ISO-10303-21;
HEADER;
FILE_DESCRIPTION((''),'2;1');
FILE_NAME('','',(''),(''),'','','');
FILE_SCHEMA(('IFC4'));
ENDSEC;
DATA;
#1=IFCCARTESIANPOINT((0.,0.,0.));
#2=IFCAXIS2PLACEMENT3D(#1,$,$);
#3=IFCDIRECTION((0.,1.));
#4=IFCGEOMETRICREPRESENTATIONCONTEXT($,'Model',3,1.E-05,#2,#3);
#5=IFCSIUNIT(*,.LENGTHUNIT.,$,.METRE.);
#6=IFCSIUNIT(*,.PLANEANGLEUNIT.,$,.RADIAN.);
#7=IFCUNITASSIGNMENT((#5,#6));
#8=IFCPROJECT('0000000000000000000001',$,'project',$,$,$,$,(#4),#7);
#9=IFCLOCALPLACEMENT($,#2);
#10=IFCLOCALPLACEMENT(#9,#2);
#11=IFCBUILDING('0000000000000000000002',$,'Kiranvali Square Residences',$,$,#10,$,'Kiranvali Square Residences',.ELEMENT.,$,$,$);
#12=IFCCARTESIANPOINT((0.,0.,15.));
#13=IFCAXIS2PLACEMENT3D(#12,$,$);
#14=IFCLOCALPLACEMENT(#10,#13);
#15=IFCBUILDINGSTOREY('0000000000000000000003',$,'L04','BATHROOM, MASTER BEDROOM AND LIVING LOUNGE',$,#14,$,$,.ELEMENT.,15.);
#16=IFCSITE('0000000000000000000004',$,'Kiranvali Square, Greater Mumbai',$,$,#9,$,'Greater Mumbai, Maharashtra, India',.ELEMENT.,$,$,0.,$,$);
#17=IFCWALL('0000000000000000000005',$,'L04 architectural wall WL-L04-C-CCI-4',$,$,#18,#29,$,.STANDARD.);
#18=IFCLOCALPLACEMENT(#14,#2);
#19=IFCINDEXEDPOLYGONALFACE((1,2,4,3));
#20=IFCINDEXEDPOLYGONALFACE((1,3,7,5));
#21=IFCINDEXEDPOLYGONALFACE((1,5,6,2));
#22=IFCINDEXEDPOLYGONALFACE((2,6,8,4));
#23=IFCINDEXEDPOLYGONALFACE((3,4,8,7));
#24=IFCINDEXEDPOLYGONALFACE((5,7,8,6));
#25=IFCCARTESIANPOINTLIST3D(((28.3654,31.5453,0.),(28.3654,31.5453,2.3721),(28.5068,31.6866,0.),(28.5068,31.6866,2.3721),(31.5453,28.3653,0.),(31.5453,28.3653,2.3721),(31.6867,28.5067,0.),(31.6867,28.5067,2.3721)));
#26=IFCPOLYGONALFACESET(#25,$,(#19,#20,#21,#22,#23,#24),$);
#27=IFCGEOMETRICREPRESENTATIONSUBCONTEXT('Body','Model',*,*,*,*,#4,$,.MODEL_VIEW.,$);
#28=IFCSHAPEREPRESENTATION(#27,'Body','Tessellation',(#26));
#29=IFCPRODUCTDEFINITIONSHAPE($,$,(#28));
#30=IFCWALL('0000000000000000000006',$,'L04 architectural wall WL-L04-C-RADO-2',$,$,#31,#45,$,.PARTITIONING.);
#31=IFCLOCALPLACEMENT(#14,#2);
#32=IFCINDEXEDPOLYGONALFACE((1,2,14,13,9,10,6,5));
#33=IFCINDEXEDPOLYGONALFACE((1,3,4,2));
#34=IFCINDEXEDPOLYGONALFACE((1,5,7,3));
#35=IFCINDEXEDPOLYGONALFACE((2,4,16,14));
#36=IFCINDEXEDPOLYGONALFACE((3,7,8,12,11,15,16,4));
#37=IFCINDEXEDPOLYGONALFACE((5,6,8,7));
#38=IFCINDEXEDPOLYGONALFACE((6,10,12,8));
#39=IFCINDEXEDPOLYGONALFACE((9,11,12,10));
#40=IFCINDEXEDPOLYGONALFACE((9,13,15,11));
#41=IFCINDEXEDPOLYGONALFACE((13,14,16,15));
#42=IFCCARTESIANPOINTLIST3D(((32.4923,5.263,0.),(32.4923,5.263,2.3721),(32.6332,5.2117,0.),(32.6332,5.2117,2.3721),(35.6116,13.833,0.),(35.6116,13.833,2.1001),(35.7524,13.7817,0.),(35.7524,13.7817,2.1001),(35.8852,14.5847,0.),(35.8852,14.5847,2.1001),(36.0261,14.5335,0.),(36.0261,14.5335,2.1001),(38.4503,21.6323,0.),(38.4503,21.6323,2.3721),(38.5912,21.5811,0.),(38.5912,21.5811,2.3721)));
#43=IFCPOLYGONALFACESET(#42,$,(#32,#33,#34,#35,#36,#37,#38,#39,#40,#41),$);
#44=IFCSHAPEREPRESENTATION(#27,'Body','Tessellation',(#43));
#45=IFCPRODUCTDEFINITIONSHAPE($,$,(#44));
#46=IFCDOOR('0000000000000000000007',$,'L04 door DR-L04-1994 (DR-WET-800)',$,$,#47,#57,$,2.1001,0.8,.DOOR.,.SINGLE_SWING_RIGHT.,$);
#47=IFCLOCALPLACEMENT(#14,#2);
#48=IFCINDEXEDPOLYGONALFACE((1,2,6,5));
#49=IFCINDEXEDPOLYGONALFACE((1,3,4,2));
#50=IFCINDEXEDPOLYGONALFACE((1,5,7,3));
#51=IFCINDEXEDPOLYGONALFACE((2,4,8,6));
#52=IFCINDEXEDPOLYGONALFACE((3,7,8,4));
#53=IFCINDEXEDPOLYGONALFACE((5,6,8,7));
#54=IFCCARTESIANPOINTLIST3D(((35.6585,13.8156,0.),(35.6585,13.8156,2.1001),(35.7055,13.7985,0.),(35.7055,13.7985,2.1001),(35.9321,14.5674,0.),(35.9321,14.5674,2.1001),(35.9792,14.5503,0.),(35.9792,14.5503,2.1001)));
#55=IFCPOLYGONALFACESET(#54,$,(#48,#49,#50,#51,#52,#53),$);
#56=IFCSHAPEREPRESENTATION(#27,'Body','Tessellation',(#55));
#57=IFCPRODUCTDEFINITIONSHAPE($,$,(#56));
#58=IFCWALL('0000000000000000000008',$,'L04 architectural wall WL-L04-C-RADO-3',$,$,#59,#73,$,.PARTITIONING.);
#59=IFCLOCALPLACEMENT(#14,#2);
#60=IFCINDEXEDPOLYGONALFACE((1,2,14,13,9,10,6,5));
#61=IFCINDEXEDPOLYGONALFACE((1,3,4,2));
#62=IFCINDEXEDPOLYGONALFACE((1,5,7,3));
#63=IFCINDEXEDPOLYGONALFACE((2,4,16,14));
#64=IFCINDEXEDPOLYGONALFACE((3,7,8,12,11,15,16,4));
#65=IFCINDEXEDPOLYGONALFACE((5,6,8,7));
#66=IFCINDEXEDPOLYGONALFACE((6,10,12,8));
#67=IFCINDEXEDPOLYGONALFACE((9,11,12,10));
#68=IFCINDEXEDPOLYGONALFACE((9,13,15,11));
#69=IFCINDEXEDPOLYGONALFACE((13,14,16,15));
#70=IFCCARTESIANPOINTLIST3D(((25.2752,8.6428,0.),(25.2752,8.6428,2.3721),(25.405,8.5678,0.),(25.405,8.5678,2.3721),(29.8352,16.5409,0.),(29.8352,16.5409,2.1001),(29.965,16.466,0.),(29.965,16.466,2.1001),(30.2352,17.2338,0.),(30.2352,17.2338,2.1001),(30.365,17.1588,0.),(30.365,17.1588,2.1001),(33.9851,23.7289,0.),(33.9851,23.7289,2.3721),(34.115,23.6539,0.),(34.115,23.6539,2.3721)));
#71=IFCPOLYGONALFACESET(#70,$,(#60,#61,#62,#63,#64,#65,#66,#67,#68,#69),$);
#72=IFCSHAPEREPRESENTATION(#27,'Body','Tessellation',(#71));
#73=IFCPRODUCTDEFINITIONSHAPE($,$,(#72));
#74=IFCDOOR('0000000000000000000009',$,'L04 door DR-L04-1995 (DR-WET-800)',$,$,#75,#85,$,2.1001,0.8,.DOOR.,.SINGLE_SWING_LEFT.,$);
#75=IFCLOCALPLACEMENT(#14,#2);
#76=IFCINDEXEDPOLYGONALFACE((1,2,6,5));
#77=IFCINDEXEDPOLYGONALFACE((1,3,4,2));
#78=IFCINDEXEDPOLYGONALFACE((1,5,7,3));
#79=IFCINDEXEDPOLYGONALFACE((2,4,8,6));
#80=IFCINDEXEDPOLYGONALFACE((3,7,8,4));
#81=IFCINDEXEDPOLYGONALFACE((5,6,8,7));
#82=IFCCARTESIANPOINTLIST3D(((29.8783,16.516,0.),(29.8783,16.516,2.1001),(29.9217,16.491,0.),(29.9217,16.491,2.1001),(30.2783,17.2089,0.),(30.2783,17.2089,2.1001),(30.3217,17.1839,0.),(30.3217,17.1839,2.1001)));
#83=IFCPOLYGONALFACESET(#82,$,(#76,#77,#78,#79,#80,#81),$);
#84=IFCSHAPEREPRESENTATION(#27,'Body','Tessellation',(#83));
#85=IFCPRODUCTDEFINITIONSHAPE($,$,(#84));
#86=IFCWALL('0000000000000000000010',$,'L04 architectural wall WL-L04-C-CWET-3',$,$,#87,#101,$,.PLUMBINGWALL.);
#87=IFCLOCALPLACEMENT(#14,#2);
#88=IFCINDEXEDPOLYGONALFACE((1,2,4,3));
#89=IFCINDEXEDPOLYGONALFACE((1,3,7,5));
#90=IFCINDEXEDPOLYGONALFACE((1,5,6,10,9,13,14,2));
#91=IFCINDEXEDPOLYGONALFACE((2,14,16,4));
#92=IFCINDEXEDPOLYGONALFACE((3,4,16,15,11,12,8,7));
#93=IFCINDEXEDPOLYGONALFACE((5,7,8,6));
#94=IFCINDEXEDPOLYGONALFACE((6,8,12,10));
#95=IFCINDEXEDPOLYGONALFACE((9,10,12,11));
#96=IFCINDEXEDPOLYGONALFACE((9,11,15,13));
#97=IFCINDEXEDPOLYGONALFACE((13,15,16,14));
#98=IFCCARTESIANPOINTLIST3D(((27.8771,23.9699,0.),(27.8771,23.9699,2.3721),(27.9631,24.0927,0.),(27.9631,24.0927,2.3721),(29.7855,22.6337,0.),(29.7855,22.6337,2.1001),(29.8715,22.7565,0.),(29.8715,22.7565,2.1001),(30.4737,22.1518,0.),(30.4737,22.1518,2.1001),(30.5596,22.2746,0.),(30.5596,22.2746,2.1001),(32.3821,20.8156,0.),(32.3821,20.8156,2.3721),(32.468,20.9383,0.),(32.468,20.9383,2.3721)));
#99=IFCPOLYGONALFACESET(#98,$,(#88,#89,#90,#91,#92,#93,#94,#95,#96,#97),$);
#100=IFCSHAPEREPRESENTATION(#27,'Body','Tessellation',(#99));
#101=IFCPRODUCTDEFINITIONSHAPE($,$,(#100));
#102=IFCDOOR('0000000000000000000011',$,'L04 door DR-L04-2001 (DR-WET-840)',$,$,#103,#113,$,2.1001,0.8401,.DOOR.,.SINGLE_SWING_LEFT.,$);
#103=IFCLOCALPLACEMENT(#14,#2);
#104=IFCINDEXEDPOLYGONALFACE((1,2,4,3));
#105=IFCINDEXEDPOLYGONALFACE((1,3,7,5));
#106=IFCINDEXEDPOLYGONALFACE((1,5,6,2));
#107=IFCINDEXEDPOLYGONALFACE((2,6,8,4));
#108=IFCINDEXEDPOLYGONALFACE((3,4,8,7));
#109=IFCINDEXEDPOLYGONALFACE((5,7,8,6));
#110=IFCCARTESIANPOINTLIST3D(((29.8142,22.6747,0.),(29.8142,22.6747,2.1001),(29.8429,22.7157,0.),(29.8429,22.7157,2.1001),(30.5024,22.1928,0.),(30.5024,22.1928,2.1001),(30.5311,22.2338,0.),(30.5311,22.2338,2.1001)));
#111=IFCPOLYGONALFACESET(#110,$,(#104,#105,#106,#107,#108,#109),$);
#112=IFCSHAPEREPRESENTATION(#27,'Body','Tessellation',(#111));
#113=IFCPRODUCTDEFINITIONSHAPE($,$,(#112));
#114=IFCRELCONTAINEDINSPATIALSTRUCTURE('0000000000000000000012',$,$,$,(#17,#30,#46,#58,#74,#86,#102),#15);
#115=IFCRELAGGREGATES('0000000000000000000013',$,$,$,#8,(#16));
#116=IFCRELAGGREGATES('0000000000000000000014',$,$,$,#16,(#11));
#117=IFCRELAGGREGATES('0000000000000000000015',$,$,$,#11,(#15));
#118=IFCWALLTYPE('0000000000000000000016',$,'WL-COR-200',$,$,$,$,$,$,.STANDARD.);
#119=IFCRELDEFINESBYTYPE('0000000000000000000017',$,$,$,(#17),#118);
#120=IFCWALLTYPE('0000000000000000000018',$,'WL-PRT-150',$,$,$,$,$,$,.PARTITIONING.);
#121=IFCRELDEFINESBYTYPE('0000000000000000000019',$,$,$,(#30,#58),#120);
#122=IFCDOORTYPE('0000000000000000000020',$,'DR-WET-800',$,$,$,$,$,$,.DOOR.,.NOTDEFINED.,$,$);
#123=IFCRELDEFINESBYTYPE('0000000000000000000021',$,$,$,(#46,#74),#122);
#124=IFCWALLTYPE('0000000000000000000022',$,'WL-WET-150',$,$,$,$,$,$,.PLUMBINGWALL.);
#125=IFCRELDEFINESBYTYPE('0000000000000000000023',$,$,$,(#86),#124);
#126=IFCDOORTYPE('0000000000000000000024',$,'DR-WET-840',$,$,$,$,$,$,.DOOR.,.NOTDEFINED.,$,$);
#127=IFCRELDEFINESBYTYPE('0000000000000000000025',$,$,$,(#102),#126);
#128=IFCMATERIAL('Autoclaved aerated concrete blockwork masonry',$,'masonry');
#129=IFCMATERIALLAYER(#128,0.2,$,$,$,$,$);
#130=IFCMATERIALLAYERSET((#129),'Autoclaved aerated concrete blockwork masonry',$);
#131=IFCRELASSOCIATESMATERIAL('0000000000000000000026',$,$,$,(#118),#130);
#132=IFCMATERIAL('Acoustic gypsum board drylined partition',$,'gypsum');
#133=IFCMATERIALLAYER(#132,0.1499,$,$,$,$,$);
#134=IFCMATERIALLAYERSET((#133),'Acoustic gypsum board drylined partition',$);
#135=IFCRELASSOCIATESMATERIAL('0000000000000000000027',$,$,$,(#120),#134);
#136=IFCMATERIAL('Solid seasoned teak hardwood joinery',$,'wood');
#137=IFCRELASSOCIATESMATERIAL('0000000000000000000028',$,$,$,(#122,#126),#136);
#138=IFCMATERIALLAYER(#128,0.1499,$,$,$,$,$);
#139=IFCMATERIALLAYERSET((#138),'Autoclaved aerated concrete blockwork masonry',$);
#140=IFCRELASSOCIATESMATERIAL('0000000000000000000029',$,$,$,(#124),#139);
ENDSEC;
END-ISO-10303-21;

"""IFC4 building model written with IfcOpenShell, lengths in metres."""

from ifc_helpers import new_model, si_unit, direction, frame, frame_2d, origin, place, context, subcontext, project, spatial, rectangle, extrude, material, layer, layer_set, type_object, element, fill, save


model = new_model("IFC4")

# Units and contexts
model_context = context("Model", 3, precision=1e-05, world=origin(), true_north=direction((0.0, 1.0)))
body_context = subcontext(model_context, "Body", "Model", "MODEL_VIEW")
ifc_project = project(units=[si_unit("LENGTHUNIT", "METRE"), si_unit("PLANEANGLEUNIT", "RADIAN")], contexts=[model_context])

# Site, building, storey
site_placement = place(None, origin())
site = spatial("IfcSite", under=ifc_project, at=site_placement, Name="Kiranvali Square, Greater Mumbai", LongName="Greater Mumbai, Maharashtra, India", CompositionType="ELEMENT", RefElevation=0.0)
building_placement = place(site_placement, origin())
building = spatial("IfcBuilding", under=site, at=building_placement, Name="Kiranvali Square Residences", LongName="Kiranvali Square Residences", CompositionType="ELEMENT")
storey_placement = place(building_placement, frame((0.0, 0.0, 15.0)))
storey = spatial("IfcBuildingStorey", under=building, at=storey_placement, Name="L04", Description="BATHROOM, MASTER BEDROOM AND LIVING LOUNGE", CompositionType="ELEMENT", Elevation=15.0)

# Wall
ifc_material_1 = material(Name="Autoclaved aerated concrete blockwork masonry", Category="masonry")
ifc_layer_1 = layer(ifc_material_1, 0.2)
ifc_layer_set_1 = layer_set([ifc_layer_1], Name="Autoclaved aerated concrete blockwork masonry")
wall_type_1 = type_object("IfcWallType", Name="WL-COR-200", PredefinedType="STANDARD", material=ifc_layer_set_1)
wall_1_placement = place(storey_placement, frame((31.616, 28.436, 0.0), z_axis=(0.0, 0.0, 1.0), x_axis=(-0.707107, 0.707107, 0.0)))
element("IfcWall", 1, at=wall_1_placement, inside=storey, type_object=wall_type_1, Name="L04 architectural wall WL-L04-C-CCI-4", PredefinedType="STANDARD", context=body_context, shape_type="SweptSolid", body=[
    extrude(rectangle(XDim=4.4971, YDim=0.2, at=frame_2d((2.2485, 0.0))), origin(), (0.0, 0.0, 1.0), 2.3721),
])

# Walls, openings, doors
ifc_material_2 = material(Name="Acoustic gypsum board drylined partition", Category="gypsum")
ifc_layer_2 = layer(ifc_material_2, 0.1499)
ifc_layer_set_2 = layer_set([ifc_layer_2], Name="Acoustic gypsum board drylined partition")
wall_type_2 = type_object("IfcWallType", Name="WL-PRT-150", PredefinedType="PARTITIONING", material=ifc_layer_set_2)
wall_2_placement = place(storey_placement, frame((38.5208, 21.6067, 0.0), z_axis=(0.0, 0.0, 1.0), x_axis=(-0.342022, -0.939692, 0.0)))
wall_2 = element("IfcWall", 2, at=wall_2_placement, inside=storey, type_object=wall_type_2, Name="L04 architectural wall WL-L04-C-RADO-2", PredefinedType="PARTITIONING", context=body_context, shape_type="SweptSolid", body=[
    extrude(rectangle(XDim=17.4199, YDim=0.1499, at=frame_2d((8.71, 0.0))), origin(), (0.0, 0.0, 1.0), 2.3721),
])
opening_1_placement = place(wall_2_placement, frame((7.5, 0.0, 0.0)))
opening_1 = element("IfcOpeningElement", 3, at=opening_1_placement, cuts=wall_2, PredefinedType="OPENING", context=body_context, shape_type="SweptSolid", body=[
    extrude(rectangle(XDim=0.8, YDim=2.1001, at=frame_2d((0.3999, 1.05))), frame((0.0, 0.085, 0.0), z_axis=(0.0, -1.0, 0.0), x_axis=(1.0, 0.0, 0.0)), (0.0, 0.0, 1.0), 0.1699),
])
ifc_material_3 = material(Name="Solid seasoned teak hardwood joinery", Category="wood")
door_type_1 = type_object("IfcDoorType", Name="DR-WET-800", OperationType="NOTDEFINED", PredefinedType="DOOR", material=ifc_material_3)
door_1_placement = place(opening_1_placement, frame((0.8, 0.0, 0.0), z_axis=(0.0, 0.0, 1.0), x_axis=(-1.0, 0.0, 0.0)))
door_1 = element("IfcDoor", 4, at=door_1_placement, inside=storey, type_object=door_type_1, Name="L04 door DR-L04-1994 (DR-WET-800)", OperationType="SINGLE_SWING_RIGHT", OverallHeight=2.1001, OverallWidth=0.8, PredefinedType="DOOR", context=body_context, shape_type="SweptSolid", body=[
    extrude(rectangle(XDim=0.8, YDim=2.1001, at=frame_2d((0.3999, 1.05))), frame((0.0, 0.0249, 0.0), z_axis=(0.0, -1.0, 0.0), x_axis=(1.0, 0.0, 0.0)), (0.0, 0.0, 1.0), 0.05),
])
fill(opening_1, door_1)
wall_3_placement = place(storey_placement, frame((34.05, 23.6914, 0.0), z_axis=(0.0, 0.0, 1.0), x_axis=(-0.499998, -0.866027, 0.0)))
wall_3 = element("IfcWall", 5, at=wall_3_placement, inside=storey, type_object=wall_type_2, Name="L04 architectural wall WL-L04-C-RADO-3", PredefinedType="PARTITIONING", context=body_context, shape_type="SweptSolid", body=[
    extrude(rectangle(XDim=17.4199, YDim=0.1499, at=frame_2d((8.71, 0.0))), origin(), (0.0, 0.0, 1.0), 2.3721),
])
opening_2_placement = place(wall_3_placement, frame((7.5, 0.0, 0.0)))
opening_2 = element("IfcOpeningElement", 6, at=opening_2_placement, cuts=wall_3, PredefinedType="OPENING", context=body_context, shape_type="SweptSolid", body=[
    extrude(rectangle(XDim=0.8, YDim=2.1001, at=frame_2d((0.3999, 1.05))), frame((0.0, 0.085, 0.0), z_axis=(0.0, -1.0, 0.0), x_axis=(1.0, 0.0, 0.0)), (0.0, 0.0, 1.0), 0.1699),
])
door_2_placement = place(opening_2_placement, origin())
door_2 = element("IfcDoor", 7, at=door_2_placement, inside=storey, type_object=door_type_1, Name="L04 door DR-L04-1995 (DR-WET-800)", OperationType="SINGLE_SWING_LEFT", OverallHeight=2.1001, OverallWidth=0.8, PredefinedType="DOOR", context=body_context, shape_type="SweptSolid", body=[
    extrude(rectangle(XDim=0.8, YDim=2.1001, at=frame_2d((0.3999, 1.05))), frame((0.0, 0.0249, 0.0), z_axis=(0.0, -1.0, 0.0), x_axis=(1.0, 0.0, 0.0)), (0.0, 0.0, 1.0), 0.05),
])
fill(opening_2, door_2)
ifc_layer_3 = layer(ifc_material_1, 0.1499)
ifc_layer_set_3 = layer_set([ifc_layer_3], Name="Autoclaved aerated concrete blockwork masonry")
wall_type_3 = type_object("IfcWallType", Name="WL-WET-150", PredefinedType="PLUMBINGWALL", material=ifc_layer_set_3)
wall_4_placement = place(storey_placement, frame((32.425, 20.877, 0.0), z_axis=(0.0, 0.0, 1.0), x_axis=(-0.819157, 0.57357, 0.0)))
wall_4 = element("IfcWall", 8, at=wall_4_placement, inside=storey, type_object=wall_type_3, Name="L04 architectural wall WL-L04-C-CWET-3", PredefinedType="PLUMBINGWALL", context=body_context, shape_type="SweptSolid", body=[
    extrude(rectangle(XDim=5.4995, YDim=0.1499, at=frame_2d((2.7498, 0.0))), origin(), (0.0, 0.0, 1.0), 2.3721),
])
opening_3_placement = place(wall_4_placement, frame((2.3298, 0.0, 0.0)))
opening_3 = element("IfcOpeningElement", 9, at=opening_3_placement, cuts=wall_4, PredefinedType="OPENING", context=body_context, shape_type="SweptSolid", body=[
    extrude(rectangle(XDim=0.8401, YDim=2.1001, at=frame_2d((0.4199, 1.05))), frame((0.0, 0.085, 0.0), z_axis=(0.0, -1.0, 0.0), x_axis=(1.0, 0.0, 0.0)), (0.0, 0.0, 1.0), 0.1699),
])
door_type_2 = type_object("IfcDoorType", Name="DR-WET-840", OperationType="NOTDEFINED", PredefinedType="DOOR", material=ifc_material_3)
door_3_placement = place(opening_3_placement, origin())
door_3 = element("IfcDoor", 10, at=door_3_placement, inside=storey, type_object=door_type_2, Name="L04 door DR-L04-2001 (DR-WET-840)", OperationType="SINGLE_SWING_LEFT", OverallHeight=2.1001, OverallWidth=0.8401, PredefinedType="DOOR", context=body_context, shape_type="SweptSolid", body=[
    extrude(rectangle(XDim=0.8401, YDim=2.1001, at=frame_2d((0.4199, 1.05))), frame((0.0, 0.0249, 0.0), z_axis=(0.0, -1.0, 0.0), x_axis=(1.0, 0.0, 0.0)), (0.0, 0.0, 1.0), 0.05),
])
fill(opening_3, door_3)

save(model, "model.ifc")
